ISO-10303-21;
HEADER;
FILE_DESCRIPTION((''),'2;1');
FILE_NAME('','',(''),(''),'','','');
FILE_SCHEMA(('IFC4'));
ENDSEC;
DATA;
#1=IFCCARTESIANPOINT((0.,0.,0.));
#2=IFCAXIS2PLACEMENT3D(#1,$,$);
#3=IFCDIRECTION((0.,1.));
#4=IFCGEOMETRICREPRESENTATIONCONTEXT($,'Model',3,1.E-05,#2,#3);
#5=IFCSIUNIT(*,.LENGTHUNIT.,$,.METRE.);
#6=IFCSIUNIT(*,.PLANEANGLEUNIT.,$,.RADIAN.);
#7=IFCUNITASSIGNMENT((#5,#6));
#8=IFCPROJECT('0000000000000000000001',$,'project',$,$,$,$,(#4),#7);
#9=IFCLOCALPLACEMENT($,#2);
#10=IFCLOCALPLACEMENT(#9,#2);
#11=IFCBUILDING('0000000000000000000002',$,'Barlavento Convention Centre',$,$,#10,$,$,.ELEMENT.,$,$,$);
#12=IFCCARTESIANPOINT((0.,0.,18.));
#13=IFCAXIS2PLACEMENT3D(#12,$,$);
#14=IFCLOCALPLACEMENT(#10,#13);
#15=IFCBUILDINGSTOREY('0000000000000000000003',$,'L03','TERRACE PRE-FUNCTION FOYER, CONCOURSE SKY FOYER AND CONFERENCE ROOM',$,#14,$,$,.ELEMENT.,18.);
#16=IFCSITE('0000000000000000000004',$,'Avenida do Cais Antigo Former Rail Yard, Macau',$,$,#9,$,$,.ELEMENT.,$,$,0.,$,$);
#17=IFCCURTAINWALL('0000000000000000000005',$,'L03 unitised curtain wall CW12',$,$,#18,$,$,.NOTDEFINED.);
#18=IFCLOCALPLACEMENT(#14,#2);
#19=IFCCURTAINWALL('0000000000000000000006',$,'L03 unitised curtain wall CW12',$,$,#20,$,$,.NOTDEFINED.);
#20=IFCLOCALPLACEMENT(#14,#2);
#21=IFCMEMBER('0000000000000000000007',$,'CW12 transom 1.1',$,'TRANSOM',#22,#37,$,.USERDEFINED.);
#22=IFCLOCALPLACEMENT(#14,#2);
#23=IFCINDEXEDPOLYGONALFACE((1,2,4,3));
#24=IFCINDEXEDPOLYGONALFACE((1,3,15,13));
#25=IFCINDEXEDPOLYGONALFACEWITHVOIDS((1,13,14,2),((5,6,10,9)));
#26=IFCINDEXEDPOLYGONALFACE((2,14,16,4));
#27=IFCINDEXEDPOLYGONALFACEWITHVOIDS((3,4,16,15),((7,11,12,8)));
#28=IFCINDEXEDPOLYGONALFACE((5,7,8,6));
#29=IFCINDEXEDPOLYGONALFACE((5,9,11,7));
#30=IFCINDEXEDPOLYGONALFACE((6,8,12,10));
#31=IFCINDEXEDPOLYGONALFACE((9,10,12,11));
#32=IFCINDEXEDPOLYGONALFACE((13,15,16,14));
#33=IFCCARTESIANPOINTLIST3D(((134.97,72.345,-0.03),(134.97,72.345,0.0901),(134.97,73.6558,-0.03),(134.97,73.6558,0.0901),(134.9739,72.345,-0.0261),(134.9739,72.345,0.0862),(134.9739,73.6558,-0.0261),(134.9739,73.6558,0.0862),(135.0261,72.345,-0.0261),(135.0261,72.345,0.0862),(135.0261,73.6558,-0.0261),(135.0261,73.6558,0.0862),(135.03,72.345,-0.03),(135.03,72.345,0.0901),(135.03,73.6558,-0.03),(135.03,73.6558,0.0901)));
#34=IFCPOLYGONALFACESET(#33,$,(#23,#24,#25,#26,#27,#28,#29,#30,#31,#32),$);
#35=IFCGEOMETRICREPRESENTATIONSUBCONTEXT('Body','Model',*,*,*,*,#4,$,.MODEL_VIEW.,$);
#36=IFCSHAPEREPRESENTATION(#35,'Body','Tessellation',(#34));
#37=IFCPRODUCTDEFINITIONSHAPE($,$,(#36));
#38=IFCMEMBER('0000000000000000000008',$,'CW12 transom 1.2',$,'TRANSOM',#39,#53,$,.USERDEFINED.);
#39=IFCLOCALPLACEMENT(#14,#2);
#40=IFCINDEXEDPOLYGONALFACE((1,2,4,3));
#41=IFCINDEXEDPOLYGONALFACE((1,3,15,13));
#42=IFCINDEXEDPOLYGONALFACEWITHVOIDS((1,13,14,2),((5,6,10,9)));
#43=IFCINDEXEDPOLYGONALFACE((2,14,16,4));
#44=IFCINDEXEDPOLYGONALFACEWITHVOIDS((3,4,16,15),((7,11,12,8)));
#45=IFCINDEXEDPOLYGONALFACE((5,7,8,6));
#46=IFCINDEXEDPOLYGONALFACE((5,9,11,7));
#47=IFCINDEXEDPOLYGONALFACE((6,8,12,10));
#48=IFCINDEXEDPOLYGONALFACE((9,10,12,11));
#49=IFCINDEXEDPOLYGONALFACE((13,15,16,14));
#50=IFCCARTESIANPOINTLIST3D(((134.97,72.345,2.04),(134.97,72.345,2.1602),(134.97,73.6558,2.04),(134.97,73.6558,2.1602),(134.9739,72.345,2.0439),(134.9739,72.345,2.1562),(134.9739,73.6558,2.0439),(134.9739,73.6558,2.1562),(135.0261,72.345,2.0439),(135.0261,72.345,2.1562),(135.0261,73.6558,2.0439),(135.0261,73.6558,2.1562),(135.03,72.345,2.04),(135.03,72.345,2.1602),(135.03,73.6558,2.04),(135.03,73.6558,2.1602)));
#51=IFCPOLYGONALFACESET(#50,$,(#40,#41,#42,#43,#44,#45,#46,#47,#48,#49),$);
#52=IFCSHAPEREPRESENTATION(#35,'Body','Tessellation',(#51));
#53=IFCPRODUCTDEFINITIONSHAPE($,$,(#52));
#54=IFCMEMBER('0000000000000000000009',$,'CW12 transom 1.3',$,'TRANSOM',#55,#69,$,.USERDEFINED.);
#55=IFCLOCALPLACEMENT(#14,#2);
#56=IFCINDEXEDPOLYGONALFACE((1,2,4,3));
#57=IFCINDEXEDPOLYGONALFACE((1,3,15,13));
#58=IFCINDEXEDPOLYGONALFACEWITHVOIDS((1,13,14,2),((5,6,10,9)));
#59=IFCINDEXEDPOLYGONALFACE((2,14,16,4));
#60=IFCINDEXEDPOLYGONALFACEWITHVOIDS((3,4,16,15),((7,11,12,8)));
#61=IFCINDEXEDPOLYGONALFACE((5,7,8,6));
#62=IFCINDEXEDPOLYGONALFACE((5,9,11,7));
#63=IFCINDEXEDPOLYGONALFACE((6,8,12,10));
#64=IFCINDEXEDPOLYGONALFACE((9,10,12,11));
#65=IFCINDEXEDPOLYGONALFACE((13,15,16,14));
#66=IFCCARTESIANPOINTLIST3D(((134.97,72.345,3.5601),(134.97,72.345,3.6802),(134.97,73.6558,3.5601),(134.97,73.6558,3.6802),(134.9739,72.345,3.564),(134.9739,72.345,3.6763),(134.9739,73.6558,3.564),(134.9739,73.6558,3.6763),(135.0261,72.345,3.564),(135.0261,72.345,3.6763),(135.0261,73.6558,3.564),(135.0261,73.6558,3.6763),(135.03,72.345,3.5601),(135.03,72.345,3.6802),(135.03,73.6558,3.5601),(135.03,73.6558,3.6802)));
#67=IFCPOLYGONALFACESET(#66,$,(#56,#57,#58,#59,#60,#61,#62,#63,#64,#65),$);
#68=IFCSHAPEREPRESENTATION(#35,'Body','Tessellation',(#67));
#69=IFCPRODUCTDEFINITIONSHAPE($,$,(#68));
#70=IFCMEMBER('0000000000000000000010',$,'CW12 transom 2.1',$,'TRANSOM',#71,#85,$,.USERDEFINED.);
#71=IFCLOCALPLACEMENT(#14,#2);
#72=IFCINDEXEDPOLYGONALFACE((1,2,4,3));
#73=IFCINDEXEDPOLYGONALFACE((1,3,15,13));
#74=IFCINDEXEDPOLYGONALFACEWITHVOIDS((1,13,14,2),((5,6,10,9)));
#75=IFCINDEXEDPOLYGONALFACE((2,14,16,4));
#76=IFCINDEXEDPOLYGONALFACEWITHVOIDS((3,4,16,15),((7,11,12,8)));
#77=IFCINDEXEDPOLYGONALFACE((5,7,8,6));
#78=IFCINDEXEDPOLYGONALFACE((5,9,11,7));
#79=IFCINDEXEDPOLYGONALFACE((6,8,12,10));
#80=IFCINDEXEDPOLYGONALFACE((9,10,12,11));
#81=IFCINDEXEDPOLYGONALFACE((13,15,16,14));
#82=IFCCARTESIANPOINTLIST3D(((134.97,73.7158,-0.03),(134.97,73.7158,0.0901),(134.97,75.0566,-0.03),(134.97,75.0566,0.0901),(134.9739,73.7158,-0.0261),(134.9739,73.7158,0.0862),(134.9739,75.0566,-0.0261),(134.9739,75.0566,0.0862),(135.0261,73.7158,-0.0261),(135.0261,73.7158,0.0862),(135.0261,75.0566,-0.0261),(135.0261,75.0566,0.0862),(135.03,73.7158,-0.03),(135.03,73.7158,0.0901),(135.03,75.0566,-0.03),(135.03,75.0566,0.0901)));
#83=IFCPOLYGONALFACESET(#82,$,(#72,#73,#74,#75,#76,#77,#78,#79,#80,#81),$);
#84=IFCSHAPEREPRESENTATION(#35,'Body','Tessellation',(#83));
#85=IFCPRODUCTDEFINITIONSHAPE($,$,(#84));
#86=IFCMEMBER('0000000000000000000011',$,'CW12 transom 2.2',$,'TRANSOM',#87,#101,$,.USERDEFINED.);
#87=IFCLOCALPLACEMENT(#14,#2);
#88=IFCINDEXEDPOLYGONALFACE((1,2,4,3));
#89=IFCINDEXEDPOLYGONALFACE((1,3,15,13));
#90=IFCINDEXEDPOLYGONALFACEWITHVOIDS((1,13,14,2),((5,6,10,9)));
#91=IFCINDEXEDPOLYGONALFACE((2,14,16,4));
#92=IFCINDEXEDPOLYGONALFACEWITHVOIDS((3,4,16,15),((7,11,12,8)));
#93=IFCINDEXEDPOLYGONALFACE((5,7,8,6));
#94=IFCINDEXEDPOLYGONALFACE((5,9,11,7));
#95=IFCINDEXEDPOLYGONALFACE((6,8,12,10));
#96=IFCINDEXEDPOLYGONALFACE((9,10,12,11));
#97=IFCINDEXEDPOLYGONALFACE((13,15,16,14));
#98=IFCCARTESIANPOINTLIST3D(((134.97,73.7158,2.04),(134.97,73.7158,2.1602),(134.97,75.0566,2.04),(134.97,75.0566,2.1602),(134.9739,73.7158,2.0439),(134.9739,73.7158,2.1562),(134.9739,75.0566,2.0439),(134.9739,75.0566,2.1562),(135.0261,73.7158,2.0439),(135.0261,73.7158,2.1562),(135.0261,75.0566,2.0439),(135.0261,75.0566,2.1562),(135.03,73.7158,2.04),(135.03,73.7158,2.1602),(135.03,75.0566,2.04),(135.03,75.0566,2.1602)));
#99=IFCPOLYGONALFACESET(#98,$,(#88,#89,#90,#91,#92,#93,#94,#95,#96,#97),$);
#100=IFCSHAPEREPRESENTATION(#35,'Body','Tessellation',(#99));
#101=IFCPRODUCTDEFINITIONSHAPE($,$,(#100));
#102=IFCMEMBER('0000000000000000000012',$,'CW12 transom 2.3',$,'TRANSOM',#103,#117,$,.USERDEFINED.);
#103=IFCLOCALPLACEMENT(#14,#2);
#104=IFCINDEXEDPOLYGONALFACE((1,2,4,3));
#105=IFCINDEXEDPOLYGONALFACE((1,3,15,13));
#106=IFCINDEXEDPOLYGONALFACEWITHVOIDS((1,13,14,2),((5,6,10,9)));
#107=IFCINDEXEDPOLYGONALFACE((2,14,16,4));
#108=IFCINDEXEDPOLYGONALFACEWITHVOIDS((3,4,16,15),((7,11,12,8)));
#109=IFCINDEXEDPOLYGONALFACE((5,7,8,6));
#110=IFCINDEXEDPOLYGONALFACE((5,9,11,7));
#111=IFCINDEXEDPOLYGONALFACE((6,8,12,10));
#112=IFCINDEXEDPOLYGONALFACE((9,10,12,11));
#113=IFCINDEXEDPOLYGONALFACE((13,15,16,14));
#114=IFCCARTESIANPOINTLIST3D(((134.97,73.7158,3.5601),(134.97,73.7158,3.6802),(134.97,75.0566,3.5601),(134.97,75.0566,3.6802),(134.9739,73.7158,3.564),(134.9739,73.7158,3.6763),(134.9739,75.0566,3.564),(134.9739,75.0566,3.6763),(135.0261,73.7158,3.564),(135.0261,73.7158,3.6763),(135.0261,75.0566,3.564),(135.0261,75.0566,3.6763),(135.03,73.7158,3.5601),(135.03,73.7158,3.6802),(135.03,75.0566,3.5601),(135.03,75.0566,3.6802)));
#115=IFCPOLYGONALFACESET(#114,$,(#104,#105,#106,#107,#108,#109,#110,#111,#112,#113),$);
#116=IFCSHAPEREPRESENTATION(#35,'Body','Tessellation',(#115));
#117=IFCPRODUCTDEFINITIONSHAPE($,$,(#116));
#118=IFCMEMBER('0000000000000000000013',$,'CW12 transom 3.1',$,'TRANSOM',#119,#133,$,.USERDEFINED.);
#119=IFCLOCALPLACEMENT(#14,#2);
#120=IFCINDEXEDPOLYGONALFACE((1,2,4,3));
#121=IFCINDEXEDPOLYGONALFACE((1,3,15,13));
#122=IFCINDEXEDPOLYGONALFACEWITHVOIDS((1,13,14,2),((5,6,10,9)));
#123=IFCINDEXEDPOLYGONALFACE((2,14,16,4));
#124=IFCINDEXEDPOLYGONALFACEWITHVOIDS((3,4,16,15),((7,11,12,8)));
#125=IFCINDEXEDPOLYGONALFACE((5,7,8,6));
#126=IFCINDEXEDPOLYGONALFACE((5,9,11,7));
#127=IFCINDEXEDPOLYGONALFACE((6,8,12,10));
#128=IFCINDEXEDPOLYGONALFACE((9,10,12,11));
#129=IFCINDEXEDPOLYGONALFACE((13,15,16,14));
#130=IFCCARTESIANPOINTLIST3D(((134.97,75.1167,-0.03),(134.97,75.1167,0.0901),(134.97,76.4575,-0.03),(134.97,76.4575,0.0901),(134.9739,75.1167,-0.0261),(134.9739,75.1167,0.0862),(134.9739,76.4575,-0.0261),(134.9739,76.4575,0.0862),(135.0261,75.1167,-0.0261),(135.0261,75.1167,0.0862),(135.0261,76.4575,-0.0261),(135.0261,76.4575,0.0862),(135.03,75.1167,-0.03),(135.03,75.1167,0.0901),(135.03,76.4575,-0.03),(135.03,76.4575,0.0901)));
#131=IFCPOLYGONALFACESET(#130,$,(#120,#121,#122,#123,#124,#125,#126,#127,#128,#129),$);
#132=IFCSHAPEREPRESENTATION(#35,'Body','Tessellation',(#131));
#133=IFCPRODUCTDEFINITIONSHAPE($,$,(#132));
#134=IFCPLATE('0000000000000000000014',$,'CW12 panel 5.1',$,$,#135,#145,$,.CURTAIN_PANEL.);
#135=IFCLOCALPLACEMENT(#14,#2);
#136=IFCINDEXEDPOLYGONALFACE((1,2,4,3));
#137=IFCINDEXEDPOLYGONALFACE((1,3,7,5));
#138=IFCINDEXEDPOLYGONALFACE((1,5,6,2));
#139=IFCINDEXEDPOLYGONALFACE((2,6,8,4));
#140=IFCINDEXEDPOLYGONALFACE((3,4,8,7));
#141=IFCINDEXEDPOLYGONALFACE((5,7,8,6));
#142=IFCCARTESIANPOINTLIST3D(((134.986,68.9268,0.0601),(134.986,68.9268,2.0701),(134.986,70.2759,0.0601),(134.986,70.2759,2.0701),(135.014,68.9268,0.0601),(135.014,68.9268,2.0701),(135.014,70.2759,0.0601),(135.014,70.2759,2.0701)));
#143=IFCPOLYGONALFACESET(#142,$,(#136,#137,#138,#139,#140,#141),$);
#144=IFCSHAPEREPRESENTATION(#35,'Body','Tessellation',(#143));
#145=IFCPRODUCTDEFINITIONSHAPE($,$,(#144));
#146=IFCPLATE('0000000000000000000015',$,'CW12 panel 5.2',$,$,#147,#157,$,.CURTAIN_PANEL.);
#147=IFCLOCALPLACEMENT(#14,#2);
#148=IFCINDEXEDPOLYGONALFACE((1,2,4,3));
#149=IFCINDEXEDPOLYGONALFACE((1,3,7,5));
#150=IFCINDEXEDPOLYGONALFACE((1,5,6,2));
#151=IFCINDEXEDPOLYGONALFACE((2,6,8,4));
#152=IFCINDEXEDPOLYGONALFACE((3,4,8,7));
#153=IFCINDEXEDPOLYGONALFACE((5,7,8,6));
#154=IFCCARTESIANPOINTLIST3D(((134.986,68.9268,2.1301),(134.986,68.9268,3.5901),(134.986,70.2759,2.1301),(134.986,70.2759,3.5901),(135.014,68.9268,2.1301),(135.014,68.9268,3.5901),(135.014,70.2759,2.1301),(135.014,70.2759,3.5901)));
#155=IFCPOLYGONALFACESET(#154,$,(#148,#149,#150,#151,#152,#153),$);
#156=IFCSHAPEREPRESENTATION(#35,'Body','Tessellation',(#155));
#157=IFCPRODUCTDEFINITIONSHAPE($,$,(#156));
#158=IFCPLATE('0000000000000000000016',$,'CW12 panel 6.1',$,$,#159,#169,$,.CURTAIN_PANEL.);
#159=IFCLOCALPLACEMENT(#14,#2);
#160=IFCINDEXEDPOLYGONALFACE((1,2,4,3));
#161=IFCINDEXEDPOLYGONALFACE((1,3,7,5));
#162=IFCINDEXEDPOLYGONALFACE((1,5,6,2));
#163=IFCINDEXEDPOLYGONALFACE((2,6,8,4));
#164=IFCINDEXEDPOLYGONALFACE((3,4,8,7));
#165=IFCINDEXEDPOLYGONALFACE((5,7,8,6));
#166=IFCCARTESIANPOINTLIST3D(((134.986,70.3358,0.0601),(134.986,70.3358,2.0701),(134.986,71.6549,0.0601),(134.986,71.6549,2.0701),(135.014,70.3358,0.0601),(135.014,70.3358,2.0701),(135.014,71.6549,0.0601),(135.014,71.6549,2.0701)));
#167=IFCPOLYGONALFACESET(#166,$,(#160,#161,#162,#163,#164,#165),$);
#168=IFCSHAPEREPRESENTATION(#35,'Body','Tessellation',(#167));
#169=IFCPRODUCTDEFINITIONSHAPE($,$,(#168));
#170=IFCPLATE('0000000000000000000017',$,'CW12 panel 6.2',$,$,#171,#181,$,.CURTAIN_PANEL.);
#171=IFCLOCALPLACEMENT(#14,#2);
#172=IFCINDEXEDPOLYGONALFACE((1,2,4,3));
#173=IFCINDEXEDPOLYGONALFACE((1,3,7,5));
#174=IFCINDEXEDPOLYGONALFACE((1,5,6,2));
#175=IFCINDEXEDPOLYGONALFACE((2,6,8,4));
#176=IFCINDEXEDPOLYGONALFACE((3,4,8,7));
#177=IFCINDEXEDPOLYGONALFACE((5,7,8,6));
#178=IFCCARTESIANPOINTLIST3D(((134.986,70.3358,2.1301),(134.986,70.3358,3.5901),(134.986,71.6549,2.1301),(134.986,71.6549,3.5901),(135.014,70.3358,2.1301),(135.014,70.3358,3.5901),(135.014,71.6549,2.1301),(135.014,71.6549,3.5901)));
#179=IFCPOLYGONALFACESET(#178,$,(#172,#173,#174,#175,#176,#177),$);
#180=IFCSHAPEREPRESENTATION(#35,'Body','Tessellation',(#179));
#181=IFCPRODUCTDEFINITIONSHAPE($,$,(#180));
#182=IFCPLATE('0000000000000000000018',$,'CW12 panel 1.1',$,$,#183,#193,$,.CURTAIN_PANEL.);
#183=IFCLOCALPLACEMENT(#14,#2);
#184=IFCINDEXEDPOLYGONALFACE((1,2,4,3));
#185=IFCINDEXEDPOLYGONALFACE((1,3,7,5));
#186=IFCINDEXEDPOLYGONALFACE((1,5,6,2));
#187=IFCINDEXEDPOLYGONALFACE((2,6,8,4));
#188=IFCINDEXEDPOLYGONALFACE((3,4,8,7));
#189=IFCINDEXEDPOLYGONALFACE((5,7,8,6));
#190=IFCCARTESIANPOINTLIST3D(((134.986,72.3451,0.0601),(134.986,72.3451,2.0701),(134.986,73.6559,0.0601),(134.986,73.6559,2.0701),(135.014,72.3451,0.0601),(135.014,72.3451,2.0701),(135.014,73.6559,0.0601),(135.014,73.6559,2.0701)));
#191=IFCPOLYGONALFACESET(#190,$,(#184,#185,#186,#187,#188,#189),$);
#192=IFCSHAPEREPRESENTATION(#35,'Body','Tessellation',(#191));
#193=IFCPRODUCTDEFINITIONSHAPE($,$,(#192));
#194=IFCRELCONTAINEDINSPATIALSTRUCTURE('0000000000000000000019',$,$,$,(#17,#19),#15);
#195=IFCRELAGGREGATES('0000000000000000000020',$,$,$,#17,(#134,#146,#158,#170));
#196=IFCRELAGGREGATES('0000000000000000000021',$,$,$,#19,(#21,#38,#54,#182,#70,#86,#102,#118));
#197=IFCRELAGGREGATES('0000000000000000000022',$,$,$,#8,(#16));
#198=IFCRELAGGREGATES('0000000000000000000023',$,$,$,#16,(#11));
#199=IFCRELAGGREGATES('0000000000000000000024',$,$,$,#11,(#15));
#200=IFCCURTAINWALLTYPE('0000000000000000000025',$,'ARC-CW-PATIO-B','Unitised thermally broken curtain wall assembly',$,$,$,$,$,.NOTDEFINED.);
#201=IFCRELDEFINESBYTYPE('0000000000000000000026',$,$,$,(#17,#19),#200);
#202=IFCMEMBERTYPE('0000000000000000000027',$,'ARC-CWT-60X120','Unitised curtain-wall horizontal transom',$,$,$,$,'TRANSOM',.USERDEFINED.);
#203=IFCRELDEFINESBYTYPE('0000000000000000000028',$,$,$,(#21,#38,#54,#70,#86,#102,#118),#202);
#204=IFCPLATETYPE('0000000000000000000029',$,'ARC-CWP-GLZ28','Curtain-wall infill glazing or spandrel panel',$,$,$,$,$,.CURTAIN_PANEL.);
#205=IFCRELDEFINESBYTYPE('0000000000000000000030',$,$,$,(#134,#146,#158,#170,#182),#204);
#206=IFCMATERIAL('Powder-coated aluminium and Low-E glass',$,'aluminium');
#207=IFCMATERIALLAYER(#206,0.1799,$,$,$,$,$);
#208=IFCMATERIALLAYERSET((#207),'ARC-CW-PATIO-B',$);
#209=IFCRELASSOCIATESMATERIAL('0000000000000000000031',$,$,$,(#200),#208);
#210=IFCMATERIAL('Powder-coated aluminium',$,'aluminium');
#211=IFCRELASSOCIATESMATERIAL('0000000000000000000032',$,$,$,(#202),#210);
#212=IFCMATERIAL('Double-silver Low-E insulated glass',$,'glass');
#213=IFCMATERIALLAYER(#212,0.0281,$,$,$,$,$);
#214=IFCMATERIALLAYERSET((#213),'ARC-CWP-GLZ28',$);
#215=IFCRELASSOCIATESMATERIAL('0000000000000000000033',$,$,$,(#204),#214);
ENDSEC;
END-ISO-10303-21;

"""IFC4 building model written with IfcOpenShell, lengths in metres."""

from ifc_helpers import new_model, si_unit, direction, frame, origin, origin_2d, place, context, subcontext, project, spatial, rectangle, hollow_rectangle, extrude, material, layer, layer_set, material_profile, profile_set, type_object, element, aggregate, save


model = new_model("IFC4")

# Units and contexts
model_context = context("Model", 3, precision=1e-05, world=origin(), true_north=direction((0.0, 1.0)))
body_context = subcontext(model_context, "Body", "Model", "MODEL_VIEW")
ifc_project = project(units=[si_unit("LENGTHUNIT", "METRE"), si_unit("PLANEANGLEUNIT", "RADIAN")], contexts=[model_context])

# Site, building, storey
site_placement = place(None, origin())
site = spatial("IfcSite", under=ifc_project, at=site_placement, Name="Avenida do Cais Antigo Former Rail Yard, Macau", CompositionType="ELEMENT", RefElevation=0.0)
building_placement = place(site_placement, origin())
building = spatial("IfcBuilding", under=site, at=building_placement, Name="Barlavento Convention Centre", CompositionType="ELEMENT")
storey_placement = place(building_placement, frame((0.0, 0.0, 18.0)))
storey = spatial("IfcBuildingStorey", under=building, at=storey_placement, Name="L03", Description="TERRACE PRE-FUNCTION FOYER, CONCOURSE SKY FOYER AND CONFERENCE ROOM", CompositionType="ELEMENT", Elevation=18.0)

# Curtain walls
ifc_material_1 = material(Name="Powder-coated aluminium and Low-E glass", Category="aluminium")
ifc_layer_1 = layer(ifc_material_1, 0.1799)
ifc_layer_set_1 = layer_set([ifc_layer_1], Name="ARC-CW-PATIO-B")
curtain_wall_type = type_object("IfcCurtainWallType", Name="ARC-CW-PATIO-B", Description="Unitised thermally broken curtain wall assembly", PredefinedType="NOTDEFINED", material=ifc_layer_set_1)
curtain_wall_1_placement = place(storey_placement, origin())
curtain_wall_1 = element("IfcCurtainWall", 1, at=curtain_wall_1_placement, inside=storey, type_object=curtain_wall_type, Name="L03 unitised curtain wall CW12", PredefinedType="NOTDEFINED")
ifc_material_2 = material(Name="Powder-coated aluminium", Category="aluminium")
curtain_wall_2_placement = place(storey_placement, origin())
curtain_wall_2 = element("IfcCurtainWall", 2, at=curtain_wall_2_placement, inside=storey, type_object=curtain_wall_type, Name="L03 unitised curtain wall CW12", PredefinedType="NOTDEFINED")

# Members
ifc_material_profile_1 = material_profile(ifc_material_2, hollow_rectangle(XDim=0.0601, YDim=0.1201, WallThickness=0.0039, at=origin_2d()), Name="AL-TRAN 60x120x4")
ifc_profile_set_1 = profile_set([ifc_material_profile_1], Name="Powder-coated aluminium")
member_type_1 = type_object("IfcMemberType", Name="ARC-CWT-60X120", Description="Unitised curtain-wall horizontal transom", ElementType="TRANSOM", PredefinedType="USERDEFINED", material=ifc_profile_set_1)
member_1_placement = place(storey_placement, frame((135.0, 72.345, 0.03), z_axis=(0.0, 1.0, 0.0), x_axis=(-1.0, 0.0, 0.0)))
member_1 = element("IfcMember", 3, at=member_1_placement, type_object=member_type_1, Name="CW12 transom 1.1", ObjectType="TRANSOM", PredefinedType="USERDEFINED", context=body_context, shape_type="SweptSolid", body=[
    extrude(hollow_rectangle(XDim=0.0601, YDim=0.1201, WallThickness=0.0039, at=origin_2d()), origin(), (0.0, 0.0, 1.0), 1.3108),
])
member_2_placement = place(storey_placement, frame((135.0, 72.345, 2.1001), z_axis=(0.0, 1.0, 0.0), x_axis=(-1.0, 0.0, 0.0)))
member_2 = element("IfcMember", 4, at=member_2_placement, type_object=member_type_1, Name="CW12 transom 1.2", ObjectType="TRANSOM", PredefinedType="USERDEFINED", context=body_context, shape_type="SweptSolid", body=[
    extrude(hollow_rectangle(XDim=0.0601, YDim=0.1201, WallThickness=0.0039, at=origin_2d()), origin(), (0.0, 0.0, 1.0), 1.3108),
])
member_3_placement = place(storey_placement, frame((135.0, 72.345, 3.6201), z_axis=(0.0, 1.0, 0.0), x_axis=(-1.0, 0.0, 0.0)))
member_3 = element("IfcMember", 5, at=member_3_placement, type_object=member_type_1, Name="CW12 transom 1.3", ObjectType="TRANSOM", PredefinedType="USERDEFINED", context=body_context, shape_type="SweptSolid", body=[
    extrude(hollow_rectangle(XDim=0.0601, YDim=0.1201, WallThickness=0.0039, at=origin_2d()), origin(), (0.0, 0.0, 1.0), 1.3108),
])
member_4_placement = place(storey_placement, frame((135.0, 73.7158, 0.03), z_axis=(0.0, 1.0, 0.0), x_axis=(-1.0, 0.0, 0.0)))
member_4 = element("IfcMember", 6, at=member_4_placement, type_object=member_type_1, Name="CW12 transom 2.1", ObjectType="TRANSOM", PredefinedType="USERDEFINED", context=body_context, shape_type="SweptSolid", body=[
    extrude(hollow_rectangle(XDim=0.0601, YDim=0.1201, WallThickness=0.0039, at=origin_2d()), origin(), (0.0, 0.0, 1.0), 1.3408),
])
member_5_placement = place(storey_placement, frame((135.0, 73.7158, 2.1001), z_axis=(0.0, 1.0, 0.0), x_axis=(-1.0, 0.0, 0.0)))
member_5 = element("IfcMember", 7, at=member_5_placement, type_object=member_type_1, Name="CW12 transom 2.2", ObjectType="TRANSOM", PredefinedType="USERDEFINED", context=body_context, shape_type="SweptSolid", body=[
    extrude(hollow_rectangle(XDim=0.0601, YDim=0.1201, WallThickness=0.0039, at=origin_2d()), origin(), (0.0, 0.0, 1.0), 1.3408),
])
member_6_placement = place(storey_placement, frame((135.0, 73.7158, 3.6201), z_axis=(0.0, 1.0, 0.0), x_axis=(-1.0, 0.0, 0.0)))
member_6 = element("IfcMember", 8, at=member_6_placement, type_object=member_type_1, Name="CW12 transom 2.3", ObjectType="TRANSOM", PredefinedType="USERDEFINED", context=body_context, shape_type="SweptSolid", body=[
    extrude(hollow_rectangle(XDim=0.0601, YDim=0.1201, WallThickness=0.0039, at=origin_2d()), origin(), (0.0, 0.0, 1.0), 1.3408),
])
member_7_placement = place(storey_placement, frame((135.0, 75.1167, 0.03), z_axis=(0.0, 1.0, 0.0), x_axis=(-1.0, 0.0, 0.0)))
member_7 = element("IfcMember", 9, at=member_7_placement, type_object=member_type_1, Name="CW12 transom 3.1", ObjectType="TRANSOM", PredefinedType="USERDEFINED", context=body_context, shape_type="SweptSolid", body=[
    extrude(hollow_rectangle(XDim=0.0601, YDim=0.1201, WallThickness=0.0039, at=origin_2d()), origin(), (0.0, 0.0, 1.0), 1.3408),
])

# Plates
ifc_material_3 = material(Name="Double-silver Low-E insulated glass", Category="glass")
ifc_layer_2 = layer(ifc_material_3, 0.0281)
ifc_layer_set_2 = layer_set([ifc_layer_2], Name="ARC-CWP-GLZ28")
plate_type = type_object("IfcPlateType", Name="ARC-CWP-GLZ28", Description="Curtain-wall infill glazing or spandrel panel", PredefinedType="CURTAIN_PANEL", material=ifc_layer_set_2)
plate_1_placement = place(storey_placement, frame((135.0, 69.6013, 0.0601), z_axis=(0.0, 0.0, 1.0), x_axis=(0.0, 1.0, 0.0)))
plate_1 = element("IfcPlate", 10, at=plate_1_placement, type_object=plate_type, Name="CW12 panel 5.1", PredefinedType="CURTAIN_PANEL", context=body_context, shape_type="SweptSolid", body=[
    extrude(rectangle(XDim=1.3491, YDim=0.0281, at=origin_2d()), origin(), (0.0, 0.0, 1.0), 2.01),
])
plate_2_placement = place(storey_placement, frame((135.0, 69.6013, 2.1301), z_axis=(0.0, 0.0, 1.0), x_axis=(0.0, 1.0, 0.0)))
plate_2 = element("IfcPlate", 11, at=plate_2_placement, type_object=plate_type, Name="CW12 panel 5.2", PredefinedType="CURTAIN_PANEL", context=body_context, shape_type="SweptSolid", body=[
    extrude(rectangle(XDim=1.3491, YDim=0.0281, at=origin_2d()), origin(), (0.0, 0.0, 1.0), 1.46),
])
plate_3_placement = place(storey_placement, frame((135.0, 70.9954, 0.0601), z_axis=(0.0, 0.0, 1.0), x_axis=(0.0, 1.0, 0.0)))
plate_3 = element("IfcPlate", 12, at=plate_3_placement, type_object=plate_type, Name="CW12 panel 6.1", PredefinedType="CURTAIN_PANEL", context=body_context, shape_type="SweptSolid", body=[
    extrude(rectangle(XDim=1.3191, YDim=0.0281, at=origin_2d()), origin(), (0.0, 0.0, 1.0), 2.01),
])
plate_4_placement = place(storey_placement, frame((135.0, 70.9954, 2.1301), z_axis=(0.0, 0.0, 1.0), x_axis=(0.0, 1.0, 0.0)))
plate_4 = element("IfcPlate", 13, at=plate_4_placement, type_object=plate_type, Name="CW12 panel 6.2", PredefinedType="CURTAIN_PANEL", context=body_context, shape_type="SweptSolid", body=[
    extrude(rectangle(XDim=1.3191, YDim=0.0281, at=origin_2d()), origin(), (0.0, 0.0, 1.0), 1.46),
])
aggregate(curtain_wall_1, [plate_1, plate_2, plate_3, plate_4])
plate_5_placement = place(storey_placement, frame((135.0, 73.0005, 0.0601), z_axis=(0.0, 0.0, 1.0), x_axis=(0.0, 1.0, 0.0)))
plate_5 = element("IfcPlate", 14, at=plate_5_placement, type_object=plate_type, Name="CW12 panel 1.1", PredefinedType="CURTAIN_PANEL", context=body_context, shape_type="SweptSolid", body=[
    extrude(rectangle(XDim=1.3108, YDim=0.0281, at=origin_2d()), origin(), (0.0, 0.0, 1.0), 2.01),
])
aggregate(curtain_wall_2, [member_1, member_2, member_3, plate_5, member_4, member_5, member_6, member_7])

save(model, "model.ifc")
